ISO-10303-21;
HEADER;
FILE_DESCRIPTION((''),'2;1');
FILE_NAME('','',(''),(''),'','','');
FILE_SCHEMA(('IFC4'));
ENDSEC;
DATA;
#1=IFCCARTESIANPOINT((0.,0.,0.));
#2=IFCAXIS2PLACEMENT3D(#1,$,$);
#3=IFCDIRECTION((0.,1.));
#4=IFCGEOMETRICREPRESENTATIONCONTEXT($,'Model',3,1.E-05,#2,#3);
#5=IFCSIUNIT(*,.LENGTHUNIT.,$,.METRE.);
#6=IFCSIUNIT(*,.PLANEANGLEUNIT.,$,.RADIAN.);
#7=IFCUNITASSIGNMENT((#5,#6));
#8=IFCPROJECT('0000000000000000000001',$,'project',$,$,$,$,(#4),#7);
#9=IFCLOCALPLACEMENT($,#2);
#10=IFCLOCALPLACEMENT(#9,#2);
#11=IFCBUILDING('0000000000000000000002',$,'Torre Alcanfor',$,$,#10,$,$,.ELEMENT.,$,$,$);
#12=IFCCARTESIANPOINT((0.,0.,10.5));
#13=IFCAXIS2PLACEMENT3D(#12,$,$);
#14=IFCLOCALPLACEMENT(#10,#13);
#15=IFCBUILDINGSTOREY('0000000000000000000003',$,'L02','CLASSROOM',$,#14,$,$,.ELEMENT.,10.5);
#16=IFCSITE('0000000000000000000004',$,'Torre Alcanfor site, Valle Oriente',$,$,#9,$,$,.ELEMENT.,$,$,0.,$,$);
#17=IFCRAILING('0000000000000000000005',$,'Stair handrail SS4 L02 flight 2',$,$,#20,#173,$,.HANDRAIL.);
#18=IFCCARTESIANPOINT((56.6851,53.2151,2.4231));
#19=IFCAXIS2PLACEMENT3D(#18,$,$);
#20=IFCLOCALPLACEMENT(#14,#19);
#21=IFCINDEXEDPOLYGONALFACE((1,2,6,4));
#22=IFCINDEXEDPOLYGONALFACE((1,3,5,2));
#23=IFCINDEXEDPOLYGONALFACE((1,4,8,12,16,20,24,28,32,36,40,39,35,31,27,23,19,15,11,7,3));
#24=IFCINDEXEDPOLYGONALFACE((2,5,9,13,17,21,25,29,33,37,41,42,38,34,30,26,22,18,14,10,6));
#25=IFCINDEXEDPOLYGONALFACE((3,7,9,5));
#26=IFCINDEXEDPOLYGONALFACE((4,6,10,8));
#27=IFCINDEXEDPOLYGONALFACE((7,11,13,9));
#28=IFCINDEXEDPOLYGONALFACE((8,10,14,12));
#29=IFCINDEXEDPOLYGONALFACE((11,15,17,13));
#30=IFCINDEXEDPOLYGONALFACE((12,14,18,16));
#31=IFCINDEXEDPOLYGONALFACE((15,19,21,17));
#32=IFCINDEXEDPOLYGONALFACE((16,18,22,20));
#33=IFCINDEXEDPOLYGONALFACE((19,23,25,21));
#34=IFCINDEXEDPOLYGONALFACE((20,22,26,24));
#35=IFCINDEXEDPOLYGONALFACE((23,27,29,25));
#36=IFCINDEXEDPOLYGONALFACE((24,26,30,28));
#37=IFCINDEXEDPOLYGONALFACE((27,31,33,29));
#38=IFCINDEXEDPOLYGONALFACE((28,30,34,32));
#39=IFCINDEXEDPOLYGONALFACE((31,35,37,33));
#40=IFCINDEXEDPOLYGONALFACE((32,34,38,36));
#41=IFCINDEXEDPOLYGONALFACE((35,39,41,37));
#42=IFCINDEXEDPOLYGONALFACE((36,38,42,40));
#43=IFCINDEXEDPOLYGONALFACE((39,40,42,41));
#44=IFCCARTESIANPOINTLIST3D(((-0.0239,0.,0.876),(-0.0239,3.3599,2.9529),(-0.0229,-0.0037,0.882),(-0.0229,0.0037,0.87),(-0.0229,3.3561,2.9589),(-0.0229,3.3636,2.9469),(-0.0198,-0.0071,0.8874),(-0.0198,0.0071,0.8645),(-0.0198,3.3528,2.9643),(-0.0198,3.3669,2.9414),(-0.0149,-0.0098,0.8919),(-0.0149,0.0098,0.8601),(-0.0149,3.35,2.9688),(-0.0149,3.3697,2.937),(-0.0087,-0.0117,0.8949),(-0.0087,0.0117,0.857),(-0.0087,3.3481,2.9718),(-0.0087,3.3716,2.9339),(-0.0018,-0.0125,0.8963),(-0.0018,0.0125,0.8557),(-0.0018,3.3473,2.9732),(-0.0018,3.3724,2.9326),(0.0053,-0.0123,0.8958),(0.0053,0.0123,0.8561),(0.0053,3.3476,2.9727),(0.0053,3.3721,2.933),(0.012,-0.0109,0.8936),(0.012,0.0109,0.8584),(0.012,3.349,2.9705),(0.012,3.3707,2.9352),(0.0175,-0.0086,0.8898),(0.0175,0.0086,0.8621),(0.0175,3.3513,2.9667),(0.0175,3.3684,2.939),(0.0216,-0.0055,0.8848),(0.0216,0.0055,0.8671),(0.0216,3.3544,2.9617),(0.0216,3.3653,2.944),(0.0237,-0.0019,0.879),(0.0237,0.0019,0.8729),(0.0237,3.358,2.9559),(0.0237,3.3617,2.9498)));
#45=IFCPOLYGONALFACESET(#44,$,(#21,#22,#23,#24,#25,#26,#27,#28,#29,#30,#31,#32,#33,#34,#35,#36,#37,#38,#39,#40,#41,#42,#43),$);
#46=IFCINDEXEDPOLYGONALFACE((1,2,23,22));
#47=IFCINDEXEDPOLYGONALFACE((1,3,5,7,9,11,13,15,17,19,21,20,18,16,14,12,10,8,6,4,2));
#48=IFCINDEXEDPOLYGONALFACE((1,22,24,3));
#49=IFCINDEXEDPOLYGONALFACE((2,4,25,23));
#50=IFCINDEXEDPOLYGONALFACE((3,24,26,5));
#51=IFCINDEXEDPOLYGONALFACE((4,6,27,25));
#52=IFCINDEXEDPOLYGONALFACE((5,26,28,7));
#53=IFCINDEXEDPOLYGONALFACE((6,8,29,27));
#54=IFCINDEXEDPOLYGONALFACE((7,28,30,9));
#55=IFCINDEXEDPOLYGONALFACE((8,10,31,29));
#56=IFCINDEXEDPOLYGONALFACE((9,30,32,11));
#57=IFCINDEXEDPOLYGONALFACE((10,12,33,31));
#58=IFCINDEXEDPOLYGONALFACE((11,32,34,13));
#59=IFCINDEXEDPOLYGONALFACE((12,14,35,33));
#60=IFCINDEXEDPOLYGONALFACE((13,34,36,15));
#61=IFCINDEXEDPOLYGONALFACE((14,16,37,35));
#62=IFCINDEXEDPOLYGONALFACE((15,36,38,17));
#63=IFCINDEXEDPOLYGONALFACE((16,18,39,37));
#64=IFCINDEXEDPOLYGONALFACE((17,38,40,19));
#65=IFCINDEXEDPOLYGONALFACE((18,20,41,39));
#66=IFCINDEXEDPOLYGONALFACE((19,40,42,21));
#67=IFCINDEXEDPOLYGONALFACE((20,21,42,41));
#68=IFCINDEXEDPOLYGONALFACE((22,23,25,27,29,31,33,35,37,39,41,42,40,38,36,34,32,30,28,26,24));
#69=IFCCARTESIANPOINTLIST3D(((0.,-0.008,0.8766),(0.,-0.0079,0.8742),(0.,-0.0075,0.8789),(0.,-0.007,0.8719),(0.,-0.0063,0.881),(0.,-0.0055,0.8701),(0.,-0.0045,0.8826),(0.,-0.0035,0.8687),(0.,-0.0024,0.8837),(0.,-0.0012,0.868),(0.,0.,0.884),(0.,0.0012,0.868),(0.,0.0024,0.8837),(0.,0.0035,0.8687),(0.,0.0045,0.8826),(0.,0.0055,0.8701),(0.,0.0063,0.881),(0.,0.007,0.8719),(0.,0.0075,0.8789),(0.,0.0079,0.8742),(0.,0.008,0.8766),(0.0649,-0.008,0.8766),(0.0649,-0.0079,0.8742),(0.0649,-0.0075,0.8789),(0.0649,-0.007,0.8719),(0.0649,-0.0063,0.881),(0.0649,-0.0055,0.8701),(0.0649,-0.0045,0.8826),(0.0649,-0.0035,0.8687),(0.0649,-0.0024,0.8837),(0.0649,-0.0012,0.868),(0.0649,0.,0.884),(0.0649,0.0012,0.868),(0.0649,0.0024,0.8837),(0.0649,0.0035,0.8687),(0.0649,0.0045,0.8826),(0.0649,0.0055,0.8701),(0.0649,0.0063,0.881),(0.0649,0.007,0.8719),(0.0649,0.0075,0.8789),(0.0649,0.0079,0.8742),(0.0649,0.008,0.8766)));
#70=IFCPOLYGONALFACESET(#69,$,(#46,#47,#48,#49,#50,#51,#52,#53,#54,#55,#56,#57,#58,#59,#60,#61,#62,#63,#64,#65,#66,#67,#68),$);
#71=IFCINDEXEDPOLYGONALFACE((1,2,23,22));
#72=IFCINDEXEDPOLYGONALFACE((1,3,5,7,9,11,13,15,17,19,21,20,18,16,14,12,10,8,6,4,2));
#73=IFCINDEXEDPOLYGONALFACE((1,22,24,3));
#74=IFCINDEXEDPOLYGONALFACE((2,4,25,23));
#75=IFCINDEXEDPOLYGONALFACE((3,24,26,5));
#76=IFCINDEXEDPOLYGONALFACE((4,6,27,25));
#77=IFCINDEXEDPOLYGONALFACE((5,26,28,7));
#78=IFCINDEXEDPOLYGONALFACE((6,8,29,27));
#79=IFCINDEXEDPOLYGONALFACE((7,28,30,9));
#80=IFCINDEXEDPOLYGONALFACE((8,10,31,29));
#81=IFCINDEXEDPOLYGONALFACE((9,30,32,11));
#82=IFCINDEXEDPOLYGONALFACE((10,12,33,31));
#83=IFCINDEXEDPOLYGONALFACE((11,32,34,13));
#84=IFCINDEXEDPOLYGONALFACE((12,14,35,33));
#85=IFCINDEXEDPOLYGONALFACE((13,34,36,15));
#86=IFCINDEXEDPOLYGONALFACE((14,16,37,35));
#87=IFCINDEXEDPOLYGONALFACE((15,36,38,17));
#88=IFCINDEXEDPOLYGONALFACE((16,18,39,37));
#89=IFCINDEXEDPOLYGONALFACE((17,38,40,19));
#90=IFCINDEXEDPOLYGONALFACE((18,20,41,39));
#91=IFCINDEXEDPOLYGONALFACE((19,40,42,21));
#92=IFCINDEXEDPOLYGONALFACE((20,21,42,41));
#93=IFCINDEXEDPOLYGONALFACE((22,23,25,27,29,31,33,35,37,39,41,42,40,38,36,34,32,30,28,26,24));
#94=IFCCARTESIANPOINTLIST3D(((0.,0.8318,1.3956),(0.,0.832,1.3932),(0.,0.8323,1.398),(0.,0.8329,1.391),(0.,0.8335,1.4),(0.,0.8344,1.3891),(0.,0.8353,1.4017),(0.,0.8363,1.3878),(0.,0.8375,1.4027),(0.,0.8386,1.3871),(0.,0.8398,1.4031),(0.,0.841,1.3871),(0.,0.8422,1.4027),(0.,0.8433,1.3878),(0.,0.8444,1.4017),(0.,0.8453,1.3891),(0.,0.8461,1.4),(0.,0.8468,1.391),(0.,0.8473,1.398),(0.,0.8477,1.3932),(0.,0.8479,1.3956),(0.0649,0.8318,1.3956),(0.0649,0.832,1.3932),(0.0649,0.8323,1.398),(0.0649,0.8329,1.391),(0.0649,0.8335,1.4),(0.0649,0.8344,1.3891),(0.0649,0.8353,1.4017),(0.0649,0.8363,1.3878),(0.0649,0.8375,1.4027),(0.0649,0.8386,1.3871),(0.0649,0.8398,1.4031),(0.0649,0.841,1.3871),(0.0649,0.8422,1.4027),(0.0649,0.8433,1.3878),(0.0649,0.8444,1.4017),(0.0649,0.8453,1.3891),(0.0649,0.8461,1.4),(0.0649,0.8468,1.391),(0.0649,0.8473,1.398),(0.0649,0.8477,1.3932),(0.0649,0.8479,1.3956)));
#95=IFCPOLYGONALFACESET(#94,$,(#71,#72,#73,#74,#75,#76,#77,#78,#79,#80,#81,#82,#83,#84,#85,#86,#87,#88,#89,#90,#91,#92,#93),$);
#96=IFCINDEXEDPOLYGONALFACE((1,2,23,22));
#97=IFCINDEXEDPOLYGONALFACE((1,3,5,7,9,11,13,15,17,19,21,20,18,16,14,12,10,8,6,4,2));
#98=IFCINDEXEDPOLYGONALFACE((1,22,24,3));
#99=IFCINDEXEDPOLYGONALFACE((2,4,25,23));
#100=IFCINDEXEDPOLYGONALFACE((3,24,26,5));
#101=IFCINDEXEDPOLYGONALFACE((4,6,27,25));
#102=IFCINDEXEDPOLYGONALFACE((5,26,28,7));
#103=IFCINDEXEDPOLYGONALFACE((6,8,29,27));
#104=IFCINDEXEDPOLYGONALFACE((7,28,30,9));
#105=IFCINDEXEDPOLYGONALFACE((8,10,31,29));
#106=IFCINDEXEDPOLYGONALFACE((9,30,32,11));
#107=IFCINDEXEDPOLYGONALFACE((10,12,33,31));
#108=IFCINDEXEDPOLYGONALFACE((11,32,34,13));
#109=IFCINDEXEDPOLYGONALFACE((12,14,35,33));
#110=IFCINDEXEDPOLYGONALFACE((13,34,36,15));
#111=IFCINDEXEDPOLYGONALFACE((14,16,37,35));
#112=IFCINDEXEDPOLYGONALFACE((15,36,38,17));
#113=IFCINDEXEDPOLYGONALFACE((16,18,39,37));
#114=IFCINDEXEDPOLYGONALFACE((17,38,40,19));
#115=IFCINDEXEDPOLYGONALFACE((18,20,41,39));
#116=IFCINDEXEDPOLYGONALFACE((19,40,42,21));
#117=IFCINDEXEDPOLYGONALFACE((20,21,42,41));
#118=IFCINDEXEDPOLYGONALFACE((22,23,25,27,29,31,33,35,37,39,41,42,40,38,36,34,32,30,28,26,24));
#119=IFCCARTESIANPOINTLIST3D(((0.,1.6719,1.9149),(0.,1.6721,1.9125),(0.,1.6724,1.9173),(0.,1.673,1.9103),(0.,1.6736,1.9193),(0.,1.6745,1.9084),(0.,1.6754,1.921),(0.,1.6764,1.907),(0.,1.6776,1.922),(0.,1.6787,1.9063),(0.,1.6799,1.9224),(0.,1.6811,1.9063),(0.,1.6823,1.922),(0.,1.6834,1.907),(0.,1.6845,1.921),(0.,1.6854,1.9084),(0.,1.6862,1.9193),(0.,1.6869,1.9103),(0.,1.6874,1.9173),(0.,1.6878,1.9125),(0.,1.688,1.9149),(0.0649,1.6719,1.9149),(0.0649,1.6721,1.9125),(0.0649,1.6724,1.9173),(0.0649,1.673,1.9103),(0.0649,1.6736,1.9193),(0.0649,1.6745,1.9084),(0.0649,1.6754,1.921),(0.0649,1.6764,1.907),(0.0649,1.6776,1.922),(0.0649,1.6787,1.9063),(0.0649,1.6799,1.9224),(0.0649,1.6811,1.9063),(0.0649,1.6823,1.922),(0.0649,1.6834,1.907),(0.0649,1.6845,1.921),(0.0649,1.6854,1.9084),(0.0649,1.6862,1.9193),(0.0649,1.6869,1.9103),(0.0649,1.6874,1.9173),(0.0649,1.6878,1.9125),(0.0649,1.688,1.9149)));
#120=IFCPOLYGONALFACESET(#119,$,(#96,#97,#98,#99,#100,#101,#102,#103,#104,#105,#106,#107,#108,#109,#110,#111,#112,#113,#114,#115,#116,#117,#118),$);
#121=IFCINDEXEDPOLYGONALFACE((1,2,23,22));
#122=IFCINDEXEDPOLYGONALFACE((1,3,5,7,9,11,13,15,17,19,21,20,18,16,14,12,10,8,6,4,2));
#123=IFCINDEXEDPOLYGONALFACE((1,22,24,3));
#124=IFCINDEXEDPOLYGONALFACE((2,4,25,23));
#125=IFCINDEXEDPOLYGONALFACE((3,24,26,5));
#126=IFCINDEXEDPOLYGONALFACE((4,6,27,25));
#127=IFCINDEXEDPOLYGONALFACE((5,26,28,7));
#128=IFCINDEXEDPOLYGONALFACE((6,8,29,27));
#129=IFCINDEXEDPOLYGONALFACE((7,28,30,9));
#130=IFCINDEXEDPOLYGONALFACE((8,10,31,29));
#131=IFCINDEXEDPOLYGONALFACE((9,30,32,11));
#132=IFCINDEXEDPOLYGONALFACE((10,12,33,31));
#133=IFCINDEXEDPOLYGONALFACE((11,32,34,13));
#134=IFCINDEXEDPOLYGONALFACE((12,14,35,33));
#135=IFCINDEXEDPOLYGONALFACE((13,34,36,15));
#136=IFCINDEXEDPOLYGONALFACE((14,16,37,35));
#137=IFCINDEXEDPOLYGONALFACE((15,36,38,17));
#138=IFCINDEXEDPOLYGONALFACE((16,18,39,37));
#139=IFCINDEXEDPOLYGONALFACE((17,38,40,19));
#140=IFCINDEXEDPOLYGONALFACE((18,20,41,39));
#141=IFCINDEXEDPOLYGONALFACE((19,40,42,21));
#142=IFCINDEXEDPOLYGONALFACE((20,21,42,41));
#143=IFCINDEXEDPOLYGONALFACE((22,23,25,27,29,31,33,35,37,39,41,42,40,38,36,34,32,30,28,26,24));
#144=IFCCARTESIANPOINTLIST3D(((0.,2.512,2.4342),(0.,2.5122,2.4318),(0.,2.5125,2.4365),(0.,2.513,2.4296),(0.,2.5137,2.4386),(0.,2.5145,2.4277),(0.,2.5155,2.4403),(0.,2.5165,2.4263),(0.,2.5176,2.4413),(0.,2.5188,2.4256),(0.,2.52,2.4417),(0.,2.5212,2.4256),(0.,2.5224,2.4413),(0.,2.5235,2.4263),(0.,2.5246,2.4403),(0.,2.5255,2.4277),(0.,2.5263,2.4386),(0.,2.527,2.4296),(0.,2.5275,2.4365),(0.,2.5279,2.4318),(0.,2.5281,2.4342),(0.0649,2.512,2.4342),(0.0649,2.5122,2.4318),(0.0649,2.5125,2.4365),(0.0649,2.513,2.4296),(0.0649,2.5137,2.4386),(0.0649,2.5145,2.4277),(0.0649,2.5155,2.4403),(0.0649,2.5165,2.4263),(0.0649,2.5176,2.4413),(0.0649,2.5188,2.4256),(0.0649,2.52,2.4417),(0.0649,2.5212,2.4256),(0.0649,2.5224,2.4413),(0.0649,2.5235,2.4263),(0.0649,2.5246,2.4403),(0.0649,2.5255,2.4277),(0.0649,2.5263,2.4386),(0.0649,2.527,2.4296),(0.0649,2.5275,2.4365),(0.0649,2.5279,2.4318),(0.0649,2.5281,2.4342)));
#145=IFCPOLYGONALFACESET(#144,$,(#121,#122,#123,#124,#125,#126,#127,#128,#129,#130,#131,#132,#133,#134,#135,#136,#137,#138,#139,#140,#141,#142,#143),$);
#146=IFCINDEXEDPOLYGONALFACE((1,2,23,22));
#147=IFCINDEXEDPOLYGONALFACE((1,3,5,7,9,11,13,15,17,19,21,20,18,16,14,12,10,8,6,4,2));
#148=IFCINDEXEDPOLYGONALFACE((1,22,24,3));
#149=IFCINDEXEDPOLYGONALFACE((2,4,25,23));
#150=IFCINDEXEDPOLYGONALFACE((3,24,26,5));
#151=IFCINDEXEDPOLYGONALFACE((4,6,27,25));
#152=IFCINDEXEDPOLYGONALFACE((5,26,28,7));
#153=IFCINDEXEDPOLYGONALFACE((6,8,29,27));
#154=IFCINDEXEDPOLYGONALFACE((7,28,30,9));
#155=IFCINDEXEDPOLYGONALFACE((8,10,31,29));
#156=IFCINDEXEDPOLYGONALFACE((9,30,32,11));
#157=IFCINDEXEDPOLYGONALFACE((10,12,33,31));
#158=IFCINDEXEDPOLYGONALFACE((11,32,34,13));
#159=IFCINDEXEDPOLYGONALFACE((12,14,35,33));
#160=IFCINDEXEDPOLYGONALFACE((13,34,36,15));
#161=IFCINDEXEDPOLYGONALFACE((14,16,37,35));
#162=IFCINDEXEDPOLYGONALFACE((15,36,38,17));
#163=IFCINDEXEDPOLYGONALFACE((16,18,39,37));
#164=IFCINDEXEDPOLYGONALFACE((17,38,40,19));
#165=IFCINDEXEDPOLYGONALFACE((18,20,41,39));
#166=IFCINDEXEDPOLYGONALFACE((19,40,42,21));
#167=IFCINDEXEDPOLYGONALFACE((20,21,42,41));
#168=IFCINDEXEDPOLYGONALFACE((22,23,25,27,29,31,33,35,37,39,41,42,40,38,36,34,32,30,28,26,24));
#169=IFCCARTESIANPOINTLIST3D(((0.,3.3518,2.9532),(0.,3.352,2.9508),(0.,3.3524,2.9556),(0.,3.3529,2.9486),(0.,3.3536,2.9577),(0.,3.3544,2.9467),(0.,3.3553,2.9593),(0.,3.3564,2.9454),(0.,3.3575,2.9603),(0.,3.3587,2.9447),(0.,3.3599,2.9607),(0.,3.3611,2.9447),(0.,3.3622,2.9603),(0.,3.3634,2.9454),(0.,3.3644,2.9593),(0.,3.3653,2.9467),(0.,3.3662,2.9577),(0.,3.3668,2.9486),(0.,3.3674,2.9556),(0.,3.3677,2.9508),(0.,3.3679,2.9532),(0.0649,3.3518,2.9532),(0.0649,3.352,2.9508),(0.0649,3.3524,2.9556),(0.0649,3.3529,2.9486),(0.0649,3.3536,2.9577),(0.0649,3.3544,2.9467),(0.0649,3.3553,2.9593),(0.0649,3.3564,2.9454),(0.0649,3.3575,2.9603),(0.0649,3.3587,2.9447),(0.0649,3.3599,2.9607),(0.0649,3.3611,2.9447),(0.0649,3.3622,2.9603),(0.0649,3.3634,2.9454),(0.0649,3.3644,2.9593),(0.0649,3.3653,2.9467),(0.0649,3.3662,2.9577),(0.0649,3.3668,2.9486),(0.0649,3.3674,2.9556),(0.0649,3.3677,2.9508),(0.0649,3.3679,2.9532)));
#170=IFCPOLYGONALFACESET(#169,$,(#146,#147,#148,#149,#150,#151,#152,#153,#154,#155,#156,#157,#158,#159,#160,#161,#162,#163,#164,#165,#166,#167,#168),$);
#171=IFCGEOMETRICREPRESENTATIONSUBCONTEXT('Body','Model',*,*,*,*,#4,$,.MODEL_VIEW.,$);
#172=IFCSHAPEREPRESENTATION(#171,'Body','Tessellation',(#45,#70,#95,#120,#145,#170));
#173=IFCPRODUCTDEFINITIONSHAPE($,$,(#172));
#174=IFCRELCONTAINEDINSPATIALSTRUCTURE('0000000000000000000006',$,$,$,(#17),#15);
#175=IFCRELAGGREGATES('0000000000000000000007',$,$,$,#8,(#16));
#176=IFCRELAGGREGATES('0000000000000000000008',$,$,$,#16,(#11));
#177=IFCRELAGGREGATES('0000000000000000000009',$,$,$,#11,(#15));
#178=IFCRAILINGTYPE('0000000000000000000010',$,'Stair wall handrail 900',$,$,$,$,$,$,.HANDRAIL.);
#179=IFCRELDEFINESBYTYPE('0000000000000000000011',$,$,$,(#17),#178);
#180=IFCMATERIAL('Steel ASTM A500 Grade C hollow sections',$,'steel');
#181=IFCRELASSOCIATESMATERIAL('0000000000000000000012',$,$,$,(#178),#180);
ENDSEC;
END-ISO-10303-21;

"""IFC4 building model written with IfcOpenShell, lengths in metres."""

from ifc_helpers import new_model, si_unit, direction, frame, origin, origin_2d, place, context, subcontext, project, spatial, circle, extrude, material, type_object, element, save


model = new_model("IFC4")

# Units and contexts
model_context = context("Model", 3, precision=1e-05, world=origin(), true_north=direction((0.0, 1.0)))
body_context = subcontext(model_context, "Body", "Model", "MODEL_VIEW")
ifc_project = project(units=[si_unit("LENGTHUNIT", "METRE"), si_unit("PLANEANGLEUNIT", "RADIAN")], contexts=[model_context])

# Site, building, storey
site_placement = place(None, origin())
site = spatial("IfcSite", under=ifc_project, at=site_placement, Name="Torre Alcanfor site, Valle Oriente", CompositionType="ELEMENT", RefElevation=0.0)
building_placement = place(site_placement, origin())
building = spatial("IfcBuilding", under=site, at=building_placement, Name="Torre Alcanfor", CompositionType="ELEMENT")
storey_placement = place(building_placement, frame((0.0, 0.0, 10.5)))
storey = spatial("IfcBuildingStorey", under=building, at=storey_placement, Name="L02", Description="CLASSROOM", CompositionType="ELEMENT", Elevation=10.5)

# Railing
ifc_material_1 = material(Name="Steel ASTM A500 Grade C hollow sections", Category="steel")
railing_type_1 = type_object("IfcRailingType", Name="Stair wall handrail 900", PredefinedType="HANDRAIL", material=ifc_material_1)
railing_1_placement = place(storey_placement, frame((56.6851, 53.2151, 2.4231)))
element("IfcRailing", 1, at=railing_1_placement, inside=storey, type_object=railing_type_1, Name="Stair handrail SS4 L02 flight 2", PredefinedType="HANDRAIL", context=body_context, shape_type="SweptSolid", body=[
    extrude(circle(Radius=0.0239, at=origin_2d()), frame((0.0, 0.0, 0.876), z_axis=(0.0, 0.850606, 0.525803), x_axis=(-1.0, 0.0, 0.0)), (0.0, 0.0, 1.0), 3.95),
    extrude(circle(Radius=0.0081, at=origin_2d()), frame((0.0, 0.0, 0.876), z_axis=(1.0, 0.0, 0.0), x_axis=(0.0, 0.0, 1.0)), (0.0, 0.0, 1.0), 0.0649),
    extrude(circle(Radius=0.0081, at=origin_2d()), frame((0.0, 0.8398, 1.395), z_axis=(1.0, 0.0, 0.0), x_axis=(0.0, 0.0, 1.0)), (0.0, 0.0, 1.0), 0.0649),
    extrude(circle(Radius=0.0081, at=origin_2d()), frame((0.0, 1.6799, 1.9143), z_axis=(1.0, 0.0, 0.0), x_axis=(0.0, 0.0, 1.0)), (0.0, 0.0, 1.0), 0.0649),
    extrude(circle(Radius=0.0081, at=origin_2d()), frame((0.0, 2.52, 2.4336), z_axis=(1.0, 0.0, 0.0), x_axis=(0.0, 0.0, 1.0)), (0.0, 0.0, 1.0), 0.0649),
    extrude(circle(Radius=0.0081, at=origin_2d()), frame((0.0, 3.3599, 2.9526), z_axis=(1.0, 0.0, 0.0), x_axis=(0.0, 0.0, 1.0)), (0.0, 0.0, 1.0), 0.0649),
])

save(model, "model.ifc")
